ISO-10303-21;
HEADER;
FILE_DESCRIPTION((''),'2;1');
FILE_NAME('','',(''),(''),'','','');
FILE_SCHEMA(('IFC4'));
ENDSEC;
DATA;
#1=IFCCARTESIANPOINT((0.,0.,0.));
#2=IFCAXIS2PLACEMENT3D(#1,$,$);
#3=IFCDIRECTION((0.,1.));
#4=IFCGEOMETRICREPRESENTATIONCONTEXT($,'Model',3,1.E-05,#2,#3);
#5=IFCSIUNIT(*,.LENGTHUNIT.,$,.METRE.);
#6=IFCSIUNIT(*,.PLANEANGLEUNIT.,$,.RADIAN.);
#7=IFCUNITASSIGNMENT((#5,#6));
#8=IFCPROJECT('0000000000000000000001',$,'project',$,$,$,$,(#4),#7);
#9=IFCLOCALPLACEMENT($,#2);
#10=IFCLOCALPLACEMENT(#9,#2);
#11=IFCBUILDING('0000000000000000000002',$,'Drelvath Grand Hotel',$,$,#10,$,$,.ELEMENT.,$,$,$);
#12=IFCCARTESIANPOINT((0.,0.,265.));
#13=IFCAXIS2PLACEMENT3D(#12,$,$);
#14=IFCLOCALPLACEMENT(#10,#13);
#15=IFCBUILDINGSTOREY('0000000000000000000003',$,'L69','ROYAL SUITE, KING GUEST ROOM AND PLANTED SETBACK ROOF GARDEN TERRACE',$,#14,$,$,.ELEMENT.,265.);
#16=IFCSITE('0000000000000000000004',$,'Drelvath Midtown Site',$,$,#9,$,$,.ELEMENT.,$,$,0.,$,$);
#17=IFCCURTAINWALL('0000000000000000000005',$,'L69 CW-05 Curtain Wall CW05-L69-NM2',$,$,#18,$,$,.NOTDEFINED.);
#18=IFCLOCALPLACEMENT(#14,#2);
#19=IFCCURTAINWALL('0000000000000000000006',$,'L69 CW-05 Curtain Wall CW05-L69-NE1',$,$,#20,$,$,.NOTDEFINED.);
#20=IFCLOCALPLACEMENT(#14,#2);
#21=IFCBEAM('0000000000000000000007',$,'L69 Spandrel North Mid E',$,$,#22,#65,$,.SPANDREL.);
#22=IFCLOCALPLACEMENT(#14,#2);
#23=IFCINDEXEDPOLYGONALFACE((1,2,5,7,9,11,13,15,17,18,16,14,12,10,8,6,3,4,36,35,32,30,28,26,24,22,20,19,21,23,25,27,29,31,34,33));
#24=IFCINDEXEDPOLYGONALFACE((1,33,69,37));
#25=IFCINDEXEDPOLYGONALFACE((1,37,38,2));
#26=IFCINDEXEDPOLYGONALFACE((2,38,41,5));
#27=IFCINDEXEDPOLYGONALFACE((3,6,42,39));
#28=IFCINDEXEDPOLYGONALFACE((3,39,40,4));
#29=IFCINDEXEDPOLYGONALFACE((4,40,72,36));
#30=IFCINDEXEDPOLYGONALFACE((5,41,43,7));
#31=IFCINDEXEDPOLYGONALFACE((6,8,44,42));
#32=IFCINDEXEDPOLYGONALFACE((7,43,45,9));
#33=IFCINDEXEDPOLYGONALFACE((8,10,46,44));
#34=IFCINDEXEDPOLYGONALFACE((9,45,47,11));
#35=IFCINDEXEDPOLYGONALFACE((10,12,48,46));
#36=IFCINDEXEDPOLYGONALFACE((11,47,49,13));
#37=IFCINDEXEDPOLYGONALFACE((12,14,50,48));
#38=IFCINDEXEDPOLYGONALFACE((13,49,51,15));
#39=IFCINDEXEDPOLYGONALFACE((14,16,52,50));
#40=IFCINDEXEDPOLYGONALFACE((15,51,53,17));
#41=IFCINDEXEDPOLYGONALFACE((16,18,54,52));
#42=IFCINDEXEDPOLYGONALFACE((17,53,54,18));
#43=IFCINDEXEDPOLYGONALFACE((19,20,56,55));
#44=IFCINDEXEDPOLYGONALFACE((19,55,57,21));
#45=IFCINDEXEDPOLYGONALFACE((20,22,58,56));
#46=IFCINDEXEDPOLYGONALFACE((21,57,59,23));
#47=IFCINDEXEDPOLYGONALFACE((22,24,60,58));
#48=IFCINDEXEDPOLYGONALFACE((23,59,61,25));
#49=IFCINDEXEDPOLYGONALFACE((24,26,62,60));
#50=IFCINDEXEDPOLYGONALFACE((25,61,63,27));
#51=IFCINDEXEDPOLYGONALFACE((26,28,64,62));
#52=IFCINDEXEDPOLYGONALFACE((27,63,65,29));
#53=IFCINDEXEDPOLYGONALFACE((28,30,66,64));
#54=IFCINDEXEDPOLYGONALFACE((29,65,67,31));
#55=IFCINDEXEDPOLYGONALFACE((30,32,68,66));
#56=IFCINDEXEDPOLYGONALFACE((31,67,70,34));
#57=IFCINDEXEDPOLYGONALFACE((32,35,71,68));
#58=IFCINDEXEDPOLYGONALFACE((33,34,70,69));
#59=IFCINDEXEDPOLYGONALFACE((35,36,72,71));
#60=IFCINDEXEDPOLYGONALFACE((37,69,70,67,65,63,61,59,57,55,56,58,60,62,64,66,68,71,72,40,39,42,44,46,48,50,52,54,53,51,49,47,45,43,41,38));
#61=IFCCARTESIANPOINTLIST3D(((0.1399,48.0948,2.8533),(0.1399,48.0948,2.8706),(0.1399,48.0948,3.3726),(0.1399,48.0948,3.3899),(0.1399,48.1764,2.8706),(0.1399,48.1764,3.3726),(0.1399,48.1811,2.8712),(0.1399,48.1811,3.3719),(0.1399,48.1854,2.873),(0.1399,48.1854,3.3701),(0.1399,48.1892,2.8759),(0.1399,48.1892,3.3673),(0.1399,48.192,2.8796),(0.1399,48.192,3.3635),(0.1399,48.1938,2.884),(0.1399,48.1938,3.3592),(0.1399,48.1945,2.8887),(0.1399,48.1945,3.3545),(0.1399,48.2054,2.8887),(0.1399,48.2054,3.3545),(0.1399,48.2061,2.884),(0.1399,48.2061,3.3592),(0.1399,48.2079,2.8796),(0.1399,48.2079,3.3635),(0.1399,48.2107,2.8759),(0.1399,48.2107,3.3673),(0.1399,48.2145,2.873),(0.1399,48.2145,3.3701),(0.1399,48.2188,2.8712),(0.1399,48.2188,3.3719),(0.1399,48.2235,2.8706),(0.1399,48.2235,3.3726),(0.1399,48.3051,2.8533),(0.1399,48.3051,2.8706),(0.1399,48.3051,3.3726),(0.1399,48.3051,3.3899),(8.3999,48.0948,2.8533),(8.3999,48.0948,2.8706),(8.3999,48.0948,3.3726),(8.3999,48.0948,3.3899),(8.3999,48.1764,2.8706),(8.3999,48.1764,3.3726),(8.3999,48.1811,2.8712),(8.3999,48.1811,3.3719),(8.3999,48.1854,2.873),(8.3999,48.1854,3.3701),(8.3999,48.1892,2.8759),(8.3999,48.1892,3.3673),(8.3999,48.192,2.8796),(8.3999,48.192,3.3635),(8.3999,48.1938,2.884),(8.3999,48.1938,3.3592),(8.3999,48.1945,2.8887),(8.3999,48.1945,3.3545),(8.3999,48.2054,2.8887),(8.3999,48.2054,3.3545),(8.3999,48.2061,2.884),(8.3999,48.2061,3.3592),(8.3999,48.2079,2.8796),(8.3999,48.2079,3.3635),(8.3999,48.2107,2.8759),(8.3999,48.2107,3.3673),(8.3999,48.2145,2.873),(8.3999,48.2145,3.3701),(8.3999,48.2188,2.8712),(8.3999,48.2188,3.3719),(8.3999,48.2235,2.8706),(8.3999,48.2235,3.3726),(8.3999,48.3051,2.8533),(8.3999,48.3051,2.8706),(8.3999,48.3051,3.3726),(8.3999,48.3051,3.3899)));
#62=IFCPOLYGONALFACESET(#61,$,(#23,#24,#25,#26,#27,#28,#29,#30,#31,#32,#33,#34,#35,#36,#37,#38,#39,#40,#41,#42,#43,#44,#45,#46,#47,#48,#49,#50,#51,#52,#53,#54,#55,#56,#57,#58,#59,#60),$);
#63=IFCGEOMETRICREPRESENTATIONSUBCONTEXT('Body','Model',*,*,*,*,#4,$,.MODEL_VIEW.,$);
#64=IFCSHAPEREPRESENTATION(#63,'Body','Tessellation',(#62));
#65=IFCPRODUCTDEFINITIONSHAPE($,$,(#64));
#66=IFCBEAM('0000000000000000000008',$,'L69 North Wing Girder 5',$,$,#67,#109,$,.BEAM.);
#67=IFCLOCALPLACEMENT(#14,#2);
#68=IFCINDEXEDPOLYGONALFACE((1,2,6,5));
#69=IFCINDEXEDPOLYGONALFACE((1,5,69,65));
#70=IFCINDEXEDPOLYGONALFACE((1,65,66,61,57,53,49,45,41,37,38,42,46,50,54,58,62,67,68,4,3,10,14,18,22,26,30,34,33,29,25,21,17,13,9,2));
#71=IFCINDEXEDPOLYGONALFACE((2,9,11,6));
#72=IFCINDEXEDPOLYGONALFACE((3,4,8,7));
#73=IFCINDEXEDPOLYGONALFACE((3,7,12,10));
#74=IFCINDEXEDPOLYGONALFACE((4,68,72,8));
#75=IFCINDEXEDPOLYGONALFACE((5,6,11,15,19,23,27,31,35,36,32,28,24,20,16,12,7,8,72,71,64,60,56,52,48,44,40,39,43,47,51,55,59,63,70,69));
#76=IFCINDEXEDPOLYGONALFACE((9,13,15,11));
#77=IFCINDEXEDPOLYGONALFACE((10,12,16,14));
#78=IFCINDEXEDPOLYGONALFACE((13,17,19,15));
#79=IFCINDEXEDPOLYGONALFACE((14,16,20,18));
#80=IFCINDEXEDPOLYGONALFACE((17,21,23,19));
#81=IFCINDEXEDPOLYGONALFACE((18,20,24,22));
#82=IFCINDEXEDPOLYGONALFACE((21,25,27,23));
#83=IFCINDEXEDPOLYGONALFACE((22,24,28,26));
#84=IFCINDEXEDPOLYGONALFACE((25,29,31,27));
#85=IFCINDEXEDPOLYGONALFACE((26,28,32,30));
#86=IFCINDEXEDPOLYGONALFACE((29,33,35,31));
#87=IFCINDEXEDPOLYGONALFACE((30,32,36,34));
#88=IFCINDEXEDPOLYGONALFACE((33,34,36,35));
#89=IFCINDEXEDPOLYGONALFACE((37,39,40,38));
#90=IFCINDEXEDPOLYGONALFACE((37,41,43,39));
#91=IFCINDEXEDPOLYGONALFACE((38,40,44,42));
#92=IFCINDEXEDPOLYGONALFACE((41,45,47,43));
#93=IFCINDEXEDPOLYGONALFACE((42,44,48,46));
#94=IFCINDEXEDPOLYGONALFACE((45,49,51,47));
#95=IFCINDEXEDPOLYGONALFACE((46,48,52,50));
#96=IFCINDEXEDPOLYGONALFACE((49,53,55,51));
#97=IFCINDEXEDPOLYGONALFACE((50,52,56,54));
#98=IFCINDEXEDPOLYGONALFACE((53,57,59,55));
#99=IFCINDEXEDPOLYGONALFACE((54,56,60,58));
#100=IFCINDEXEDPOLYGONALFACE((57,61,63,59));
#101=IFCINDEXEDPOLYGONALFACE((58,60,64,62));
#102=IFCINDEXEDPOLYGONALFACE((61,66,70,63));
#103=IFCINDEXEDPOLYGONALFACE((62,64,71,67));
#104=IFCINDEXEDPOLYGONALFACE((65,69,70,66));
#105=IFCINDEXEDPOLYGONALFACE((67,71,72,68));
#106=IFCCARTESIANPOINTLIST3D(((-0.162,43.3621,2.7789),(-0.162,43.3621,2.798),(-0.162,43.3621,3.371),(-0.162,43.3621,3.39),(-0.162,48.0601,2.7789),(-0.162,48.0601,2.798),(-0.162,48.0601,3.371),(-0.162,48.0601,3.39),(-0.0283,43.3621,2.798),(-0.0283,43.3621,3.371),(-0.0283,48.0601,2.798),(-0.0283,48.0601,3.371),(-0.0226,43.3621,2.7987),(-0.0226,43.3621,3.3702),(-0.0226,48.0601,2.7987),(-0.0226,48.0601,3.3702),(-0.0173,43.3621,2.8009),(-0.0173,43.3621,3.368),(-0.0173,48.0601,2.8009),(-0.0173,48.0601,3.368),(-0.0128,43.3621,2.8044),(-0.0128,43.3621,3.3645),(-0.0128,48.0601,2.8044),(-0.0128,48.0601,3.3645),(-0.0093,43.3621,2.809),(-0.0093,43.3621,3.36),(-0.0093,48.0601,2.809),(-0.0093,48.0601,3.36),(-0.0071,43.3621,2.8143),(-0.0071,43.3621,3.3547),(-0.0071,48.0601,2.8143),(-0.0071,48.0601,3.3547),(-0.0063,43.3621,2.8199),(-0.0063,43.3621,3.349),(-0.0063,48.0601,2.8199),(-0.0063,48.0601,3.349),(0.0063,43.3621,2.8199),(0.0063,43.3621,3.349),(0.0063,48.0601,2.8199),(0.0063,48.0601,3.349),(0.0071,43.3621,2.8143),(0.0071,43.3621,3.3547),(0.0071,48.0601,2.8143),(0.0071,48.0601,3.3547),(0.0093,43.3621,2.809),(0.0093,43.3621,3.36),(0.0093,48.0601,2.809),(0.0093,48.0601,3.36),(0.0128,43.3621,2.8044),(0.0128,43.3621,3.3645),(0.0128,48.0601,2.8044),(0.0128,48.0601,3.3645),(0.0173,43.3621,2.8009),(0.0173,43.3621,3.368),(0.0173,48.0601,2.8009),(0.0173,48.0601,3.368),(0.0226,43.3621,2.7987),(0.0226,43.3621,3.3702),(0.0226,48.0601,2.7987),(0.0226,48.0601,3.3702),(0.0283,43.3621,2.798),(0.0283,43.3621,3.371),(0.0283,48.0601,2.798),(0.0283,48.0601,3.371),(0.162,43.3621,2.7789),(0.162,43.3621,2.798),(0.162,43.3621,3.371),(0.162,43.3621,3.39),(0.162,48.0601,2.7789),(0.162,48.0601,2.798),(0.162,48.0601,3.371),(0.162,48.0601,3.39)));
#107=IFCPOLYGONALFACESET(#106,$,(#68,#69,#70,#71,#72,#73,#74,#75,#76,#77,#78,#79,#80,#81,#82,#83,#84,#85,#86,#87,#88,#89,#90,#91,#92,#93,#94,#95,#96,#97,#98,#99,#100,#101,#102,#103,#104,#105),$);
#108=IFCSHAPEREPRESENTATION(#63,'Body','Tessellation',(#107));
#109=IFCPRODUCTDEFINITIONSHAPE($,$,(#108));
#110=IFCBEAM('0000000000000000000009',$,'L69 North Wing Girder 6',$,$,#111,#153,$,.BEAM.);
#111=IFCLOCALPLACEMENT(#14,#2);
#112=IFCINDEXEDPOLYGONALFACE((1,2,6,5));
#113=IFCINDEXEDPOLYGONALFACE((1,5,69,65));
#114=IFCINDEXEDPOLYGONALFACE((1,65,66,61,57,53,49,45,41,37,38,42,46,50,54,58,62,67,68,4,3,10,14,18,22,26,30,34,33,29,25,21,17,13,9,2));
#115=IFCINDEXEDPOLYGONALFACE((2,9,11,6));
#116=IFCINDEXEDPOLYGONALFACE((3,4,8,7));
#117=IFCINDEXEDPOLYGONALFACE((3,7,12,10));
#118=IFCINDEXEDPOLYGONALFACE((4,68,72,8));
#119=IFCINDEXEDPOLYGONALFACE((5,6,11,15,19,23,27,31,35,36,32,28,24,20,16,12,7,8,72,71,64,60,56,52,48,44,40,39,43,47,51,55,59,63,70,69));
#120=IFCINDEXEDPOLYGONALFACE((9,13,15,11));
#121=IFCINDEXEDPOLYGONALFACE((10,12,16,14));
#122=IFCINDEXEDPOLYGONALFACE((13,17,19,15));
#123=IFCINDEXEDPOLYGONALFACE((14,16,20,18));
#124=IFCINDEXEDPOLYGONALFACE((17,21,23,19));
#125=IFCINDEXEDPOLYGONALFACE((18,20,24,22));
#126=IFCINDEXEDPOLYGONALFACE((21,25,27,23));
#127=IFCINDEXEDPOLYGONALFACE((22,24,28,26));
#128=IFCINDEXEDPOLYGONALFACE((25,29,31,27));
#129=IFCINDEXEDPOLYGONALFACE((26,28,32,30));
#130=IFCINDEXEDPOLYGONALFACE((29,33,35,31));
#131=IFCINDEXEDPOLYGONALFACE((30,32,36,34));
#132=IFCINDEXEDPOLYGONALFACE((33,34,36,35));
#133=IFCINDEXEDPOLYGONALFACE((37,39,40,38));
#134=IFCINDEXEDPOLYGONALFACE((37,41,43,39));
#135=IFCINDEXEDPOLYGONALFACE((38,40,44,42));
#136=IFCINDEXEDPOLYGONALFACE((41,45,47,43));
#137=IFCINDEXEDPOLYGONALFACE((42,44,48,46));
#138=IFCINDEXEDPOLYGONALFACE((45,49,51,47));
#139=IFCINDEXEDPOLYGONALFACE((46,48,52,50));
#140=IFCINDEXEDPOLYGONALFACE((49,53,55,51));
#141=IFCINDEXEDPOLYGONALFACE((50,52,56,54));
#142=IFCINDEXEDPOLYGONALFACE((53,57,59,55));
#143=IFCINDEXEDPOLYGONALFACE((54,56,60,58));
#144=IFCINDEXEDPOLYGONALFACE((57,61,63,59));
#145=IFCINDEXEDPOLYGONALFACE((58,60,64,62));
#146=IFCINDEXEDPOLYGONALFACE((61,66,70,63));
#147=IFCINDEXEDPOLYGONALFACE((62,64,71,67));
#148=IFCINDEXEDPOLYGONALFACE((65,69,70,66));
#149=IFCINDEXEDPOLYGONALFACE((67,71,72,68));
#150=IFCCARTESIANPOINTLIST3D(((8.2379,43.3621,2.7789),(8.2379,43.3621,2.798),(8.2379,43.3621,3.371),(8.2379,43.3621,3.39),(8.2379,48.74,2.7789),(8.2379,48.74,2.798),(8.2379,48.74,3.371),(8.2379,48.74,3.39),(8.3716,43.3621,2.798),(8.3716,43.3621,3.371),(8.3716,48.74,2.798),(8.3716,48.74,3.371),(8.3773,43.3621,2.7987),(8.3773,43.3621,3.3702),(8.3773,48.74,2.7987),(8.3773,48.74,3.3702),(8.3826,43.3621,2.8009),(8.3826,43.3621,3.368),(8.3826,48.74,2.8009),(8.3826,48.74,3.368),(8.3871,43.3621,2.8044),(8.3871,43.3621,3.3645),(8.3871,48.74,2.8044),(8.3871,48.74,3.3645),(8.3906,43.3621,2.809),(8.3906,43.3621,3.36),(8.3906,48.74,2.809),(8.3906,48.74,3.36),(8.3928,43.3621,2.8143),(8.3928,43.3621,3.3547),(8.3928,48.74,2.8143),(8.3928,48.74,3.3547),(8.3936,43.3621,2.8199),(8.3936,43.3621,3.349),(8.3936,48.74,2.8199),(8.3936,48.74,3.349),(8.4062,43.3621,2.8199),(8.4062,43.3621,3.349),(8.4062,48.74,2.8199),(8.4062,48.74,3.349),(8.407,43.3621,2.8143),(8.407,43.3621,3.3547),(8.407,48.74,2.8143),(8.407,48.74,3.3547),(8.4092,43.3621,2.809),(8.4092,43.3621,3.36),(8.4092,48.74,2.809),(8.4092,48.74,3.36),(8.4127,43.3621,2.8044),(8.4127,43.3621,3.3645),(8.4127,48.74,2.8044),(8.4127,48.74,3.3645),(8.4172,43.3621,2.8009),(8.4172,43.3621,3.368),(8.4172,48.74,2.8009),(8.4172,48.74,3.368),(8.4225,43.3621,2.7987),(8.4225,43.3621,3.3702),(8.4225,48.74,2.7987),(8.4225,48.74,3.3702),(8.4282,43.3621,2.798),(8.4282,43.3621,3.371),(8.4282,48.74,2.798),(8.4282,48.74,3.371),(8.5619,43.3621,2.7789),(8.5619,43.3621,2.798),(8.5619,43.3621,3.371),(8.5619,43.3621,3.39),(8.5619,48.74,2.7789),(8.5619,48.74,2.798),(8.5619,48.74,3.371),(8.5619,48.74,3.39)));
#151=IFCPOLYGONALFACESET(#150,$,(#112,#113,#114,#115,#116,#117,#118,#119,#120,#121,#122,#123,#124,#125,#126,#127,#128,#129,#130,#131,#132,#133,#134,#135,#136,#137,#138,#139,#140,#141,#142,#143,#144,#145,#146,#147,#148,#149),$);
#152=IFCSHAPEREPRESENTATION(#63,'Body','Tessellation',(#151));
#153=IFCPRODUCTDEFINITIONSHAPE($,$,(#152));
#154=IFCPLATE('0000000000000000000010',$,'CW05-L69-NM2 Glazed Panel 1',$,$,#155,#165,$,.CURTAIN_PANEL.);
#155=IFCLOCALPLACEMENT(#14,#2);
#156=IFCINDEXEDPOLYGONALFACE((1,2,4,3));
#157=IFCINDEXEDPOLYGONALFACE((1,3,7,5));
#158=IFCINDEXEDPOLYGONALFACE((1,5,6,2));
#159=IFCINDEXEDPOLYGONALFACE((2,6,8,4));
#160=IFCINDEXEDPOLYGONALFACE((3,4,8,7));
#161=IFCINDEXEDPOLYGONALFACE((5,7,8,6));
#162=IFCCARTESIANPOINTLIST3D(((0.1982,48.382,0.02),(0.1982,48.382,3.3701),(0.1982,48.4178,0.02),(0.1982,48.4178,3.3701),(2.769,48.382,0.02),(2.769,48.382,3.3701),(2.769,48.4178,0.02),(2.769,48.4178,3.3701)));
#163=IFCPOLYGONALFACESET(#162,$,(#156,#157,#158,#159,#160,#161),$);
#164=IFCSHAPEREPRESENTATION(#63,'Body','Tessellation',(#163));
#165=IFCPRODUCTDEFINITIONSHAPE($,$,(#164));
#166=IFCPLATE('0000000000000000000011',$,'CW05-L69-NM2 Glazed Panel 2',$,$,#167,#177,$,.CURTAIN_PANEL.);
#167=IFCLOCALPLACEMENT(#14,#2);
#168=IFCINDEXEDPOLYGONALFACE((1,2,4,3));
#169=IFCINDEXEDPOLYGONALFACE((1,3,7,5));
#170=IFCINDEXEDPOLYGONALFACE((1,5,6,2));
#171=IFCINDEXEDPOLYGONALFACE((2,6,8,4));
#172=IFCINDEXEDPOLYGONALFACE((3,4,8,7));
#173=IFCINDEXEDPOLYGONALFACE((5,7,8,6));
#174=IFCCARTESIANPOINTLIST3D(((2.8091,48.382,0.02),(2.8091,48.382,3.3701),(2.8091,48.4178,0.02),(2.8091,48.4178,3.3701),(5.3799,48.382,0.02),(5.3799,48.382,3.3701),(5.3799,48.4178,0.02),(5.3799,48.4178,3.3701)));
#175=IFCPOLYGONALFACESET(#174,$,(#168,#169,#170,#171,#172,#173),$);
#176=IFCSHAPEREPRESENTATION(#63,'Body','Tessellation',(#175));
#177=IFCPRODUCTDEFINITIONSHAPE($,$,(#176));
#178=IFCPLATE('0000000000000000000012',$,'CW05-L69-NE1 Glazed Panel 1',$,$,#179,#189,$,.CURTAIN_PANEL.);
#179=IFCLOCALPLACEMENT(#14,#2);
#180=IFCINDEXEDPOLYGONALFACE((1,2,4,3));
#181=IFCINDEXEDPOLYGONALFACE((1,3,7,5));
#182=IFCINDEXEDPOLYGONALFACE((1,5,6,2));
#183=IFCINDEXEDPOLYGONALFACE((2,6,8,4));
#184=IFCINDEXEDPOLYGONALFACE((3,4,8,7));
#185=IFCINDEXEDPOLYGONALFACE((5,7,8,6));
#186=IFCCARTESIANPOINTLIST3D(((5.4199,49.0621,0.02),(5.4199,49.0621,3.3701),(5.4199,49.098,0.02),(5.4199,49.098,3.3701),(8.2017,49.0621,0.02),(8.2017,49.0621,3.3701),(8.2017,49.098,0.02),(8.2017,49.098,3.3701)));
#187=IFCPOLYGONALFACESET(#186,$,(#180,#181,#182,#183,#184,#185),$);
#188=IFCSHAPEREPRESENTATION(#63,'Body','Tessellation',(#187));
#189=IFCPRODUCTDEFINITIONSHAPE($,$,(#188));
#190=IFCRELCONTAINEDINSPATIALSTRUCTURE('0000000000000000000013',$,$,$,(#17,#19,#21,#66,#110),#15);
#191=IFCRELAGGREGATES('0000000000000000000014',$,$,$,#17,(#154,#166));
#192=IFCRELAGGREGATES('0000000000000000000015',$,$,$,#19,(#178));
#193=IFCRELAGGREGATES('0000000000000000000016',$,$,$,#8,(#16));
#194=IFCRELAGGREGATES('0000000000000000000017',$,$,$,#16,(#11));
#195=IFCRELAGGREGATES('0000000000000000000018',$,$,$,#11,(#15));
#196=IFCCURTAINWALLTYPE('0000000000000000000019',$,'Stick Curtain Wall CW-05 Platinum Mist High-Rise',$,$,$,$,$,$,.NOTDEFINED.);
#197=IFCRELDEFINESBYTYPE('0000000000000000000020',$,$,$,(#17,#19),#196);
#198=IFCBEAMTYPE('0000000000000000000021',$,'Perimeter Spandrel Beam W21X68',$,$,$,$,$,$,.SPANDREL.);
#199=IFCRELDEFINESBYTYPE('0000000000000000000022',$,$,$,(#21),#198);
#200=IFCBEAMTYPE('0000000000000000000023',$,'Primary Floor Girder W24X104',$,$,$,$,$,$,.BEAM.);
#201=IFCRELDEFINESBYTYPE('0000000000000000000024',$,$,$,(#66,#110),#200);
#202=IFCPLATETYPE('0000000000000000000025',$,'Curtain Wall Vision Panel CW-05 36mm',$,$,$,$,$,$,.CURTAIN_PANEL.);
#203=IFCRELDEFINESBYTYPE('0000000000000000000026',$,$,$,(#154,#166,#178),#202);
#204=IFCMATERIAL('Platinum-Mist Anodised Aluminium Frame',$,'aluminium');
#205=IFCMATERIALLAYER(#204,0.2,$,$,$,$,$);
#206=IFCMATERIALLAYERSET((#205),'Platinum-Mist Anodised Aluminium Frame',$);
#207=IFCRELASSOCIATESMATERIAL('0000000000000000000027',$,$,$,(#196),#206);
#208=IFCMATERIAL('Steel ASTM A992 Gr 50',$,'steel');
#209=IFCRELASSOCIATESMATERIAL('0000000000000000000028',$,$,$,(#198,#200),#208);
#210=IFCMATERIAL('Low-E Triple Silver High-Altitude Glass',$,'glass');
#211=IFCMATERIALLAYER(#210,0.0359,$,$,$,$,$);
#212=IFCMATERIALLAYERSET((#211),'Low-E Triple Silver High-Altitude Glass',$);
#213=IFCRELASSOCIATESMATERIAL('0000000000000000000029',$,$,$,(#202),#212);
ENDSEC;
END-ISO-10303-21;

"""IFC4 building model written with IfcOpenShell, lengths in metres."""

from ifc_helpers import new_model, si_unit, direction, frame, origin, origin_2d, place, context, subcontext, project, spatial, rectangle, i_section, extrude, material, layer, layer_set, material_profile, profile_set, type_object, element, aggregate, save


model = new_model("IFC4")

# Units and contexts
model_context = context("Model", 3, precision=1e-05, world=origin(), true_north=direction((0.0, 1.0)))
body_context = subcontext(model_context, "Body", "Model", "MODEL_VIEW")
ifc_project = project(units=[si_unit("LENGTHUNIT", "METRE"), si_unit("PLANEANGLEUNIT", "RADIAN")], contexts=[model_context])

# Site, building, storey
site_placement = place(None, origin())
site = spatial("IfcSite", under=ifc_project, at=site_placement, Name="Drelvath Midtown Site", CompositionType="ELEMENT", RefElevation=0.0)
building_placement = place(site_placement, origin())
building = spatial("IfcBuilding", under=site, at=building_placement, Name="Drelvath Grand Hotel", CompositionType="ELEMENT")
storey_placement = place(building_placement, frame((0.0, 0.0, 265.0)))
storey = spatial("IfcBuildingStorey", under=building, at=storey_placement, Name="L69", Description="ROYAL SUITE, KING GUEST ROOM AND PLANTED SETBACK ROOF GARDEN TERRACE", CompositionType="ELEMENT", Elevation=265.0)

# Curtain walls
ifc_material_1 = material(Name="Platinum-Mist Anodised Aluminium Frame", Category="aluminium")
ifc_layer_1 = layer(ifc_material_1, 0.2)
ifc_layer_set_1 = layer_set([ifc_layer_1], Name="Platinum-Mist Anodised Aluminium Frame")
curtain_wall_type = type_object("IfcCurtainWallType", Name="Stick Curtain Wall CW-05 Platinum Mist High-Rise", PredefinedType="NOTDEFINED", material=ifc_layer_set_1)
curtain_wall_1_placement = place(storey_placement, origin())
curtain_wall_1 = element("IfcCurtainWall", 1, at=curtain_wall_1_placement, inside=storey, type_object=curtain_wall_type, Name="L69 CW-05 Curtain Wall CW05-L69-NM2", PredefinedType="NOTDEFINED")
curtain_wall_2_placement = place(storey_placement, origin())
curtain_wall_2 = element("IfcCurtainWall", 2, at=curtain_wall_2_placement, inside=storey, type_object=curtain_wall_type, Name="L69 CW-05 Curtain Wall CW05-L69-NE1", PredefinedType="NOTDEFINED")

# Beams
ifc_material_2 = material(Name="Steel ASTM A992 Gr 50", Category="steel")
ifc_material_profile_1 = material_profile(ifc_material_2, i_section(OverallWidth=0.2102, OverallDepth=0.5366, WebThickness=0.011, FlangeThickness=0.0173, FilletRadius=0.0181, at=origin_2d()), Name="W21X68")
ifc_profile_set_1 = profile_set([ifc_material_profile_1], Name="Steel ASTM A992 Gr 50")
beam_type_1 = type_object("IfcBeamType", Name="Perimeter Spandrel Beam W21X68", PredefinedType="SPANDREL", material=ifc_profile_set_1)
beam_1_placement = place(storey_placement, frame((0.1399, 48.2, 3.1216), z_axis=(1.0, 0.0, 0.0), x_axis=(0.0, 1.0, 0.0)))
element("IfcBeam", 3, at=beam_1_placement, inside=storey, type_object=beam_type_1, Name="L69 Spandrel North Mid E", PredefinedType="SPANDREL", context=body_context, shape_type="SweptSolid", body=[
    extrude(i_section(OverallWidth=0.2102, OverallDepth=0.5366, WebThickness=0.011, FlangeThickness=0.0173, FilletRadius=0.0181, at=origin_2d()), origin(), (0.0, 0.0, 1.0), 8.26),
])
ifc_material_profile_2 = material_profile(ifc_material_2, i_section(OverallWidth=0.324, OverallDepth=0.6111, WebThickness=0.0127, FlangeThickness=0.019, FilletRadius=0.022, at=origin_2d()), Name="W24X104")
ifc_profile_set_2 = profile_set([ifc_material_profile_2], Name="Steel ASTM A992 Gr 50")
beam_type_2 = type_object("IfcBeamType", Name="Primary Floor Girder W24X104", PredefinedType="BEAM", material=ifc_profile_set_2)
beam_2_placement = place(storey_placement, frame((0.0, 43.3621, 3.0845), z_axis=(0.0, 1.0, 0.0), x_axis=(-1.0, 0.0, 0.0)))
element("IfcBeam", 4, at=beam_2_placement, inside=storey, type_object=beam_type_2, Name="L69 North Wing Girder 5", PredefinedType="BEAM", context=body_context, shape_type="SweptSolid", body=[
    extrude(i_section(OverallWidth=0.324, OverallDepth=0.6111, WebThickness=0.0127, FlangeThickness=0.019, FilletRadius=0.022, at=origin_2d()), origin(), (0.0, 0.0, 1.0), 4.698),
])
beam_3_placement = place(storey_placement, frame((8.3999, 43.3621, 3.0845), z_axis=(0.0, 1.0, 0.0), x_axis=(-1.0, 0.0, 0.0)))
element("IfcBeam", 5, at=beam_3_placement, inside=storey, type_object=beam_type_2, Name="L69 North Wing Girder 6", PredefinedType="BEAM", context=body_context, shape_type="SweptSolid", body=[
    extrude(i_section(OverallWidth=0.324, OverallDepth=0.6111, WebThickness=0.0127, FlangeThickness=0.019, FilletRadius=0.022, at=origin_2d()), origin(), (0.0, 0.0, 1.0), 5.3779),
])

# Plates
ifc_material_3 = material(Name="Low-E Triple Silver High-Altitude Glass", Category="glass")
ifc_layer_2 = layer(ifc_material_3, 0.0359)
ifc_layer_set_2 = layer_set([ifc_layer_2], Name="Low-E Triple Silver High-Altitude Glass")
plate_type = type_object("IfcPlateType", Name="Curtain Wall Vision Panel CW-05 36mm", PredefinedType="CURTAIN_PANEL", material=ifc_layer_set_2)
plate_1_placement = place(storey_placement, frame((1.4836, 48.3999, 0.02), z_axis=(0.0, 0.0, 1.0), x_axis=(1.0, 0.0, 0.0)))
plate_1 = element("IfcPlate", 6, at=plate_1_placement, type_object=plate_type, Name="CW05-L69-NM2 Glazed Panel 1", PredefinedType="CURTAIN_PANEL", context=body_context, shape_type="SweptSolid", body=[
    extrude(rectangle(XDim=2.5708, YDim=0.0359, at=origin_2d()), origin(), (0.0, 0.0, 1.0), 3.3501),
])
plate_2_placement = place(storey_placement, frame((4.0945, 48.3999, 0.02), z_axis=(0.0, 0.0, 1.0), x_axis=(1.0, 0.0, 0.0)))
plate_2 = element("IfcPlate", 7, at=plate_2_placement, type_object=plate_type, Name="CW05-L69-NM2 Glazed Panel 2", PredefinedType="CURTAIN_PANEL", context=body_context, shape_type="SweptSolid", body=[
    extrude(rectangle(XDim=2.5708, YDim=0.0359, at=origin_2d()), origin(), (0.0, 0.0, 1.0), 3.3501),
])
aggregate(curtain_wall_1, [plate_1, plate_2])
plate_3_placement = place(storey_placement, frame((6.8108, 49.0801, 0.02), z_axis=(0.0, 0.0, 1.0), x_axis=(1.0, 0.0, 0.0)))
plate_3 = element("IfcPlate", 8, at=plate_3_placement, type_object=plate_type, Name="CW05-L69-NE1 Glazed Panel 1", PredefinedType="CURTAIN_PANEL", context=body_context, shape_type="SweptSolid", body=[
    extrude(rectangle(XDim=2.7817, YDim=0.0359, at=origin_2d()), origin(), (0.0, 0.0, 1.0), 3.3501),
])
aggregate(curtain_wall_2, [plate_3])

save(model, "model.ifc")
